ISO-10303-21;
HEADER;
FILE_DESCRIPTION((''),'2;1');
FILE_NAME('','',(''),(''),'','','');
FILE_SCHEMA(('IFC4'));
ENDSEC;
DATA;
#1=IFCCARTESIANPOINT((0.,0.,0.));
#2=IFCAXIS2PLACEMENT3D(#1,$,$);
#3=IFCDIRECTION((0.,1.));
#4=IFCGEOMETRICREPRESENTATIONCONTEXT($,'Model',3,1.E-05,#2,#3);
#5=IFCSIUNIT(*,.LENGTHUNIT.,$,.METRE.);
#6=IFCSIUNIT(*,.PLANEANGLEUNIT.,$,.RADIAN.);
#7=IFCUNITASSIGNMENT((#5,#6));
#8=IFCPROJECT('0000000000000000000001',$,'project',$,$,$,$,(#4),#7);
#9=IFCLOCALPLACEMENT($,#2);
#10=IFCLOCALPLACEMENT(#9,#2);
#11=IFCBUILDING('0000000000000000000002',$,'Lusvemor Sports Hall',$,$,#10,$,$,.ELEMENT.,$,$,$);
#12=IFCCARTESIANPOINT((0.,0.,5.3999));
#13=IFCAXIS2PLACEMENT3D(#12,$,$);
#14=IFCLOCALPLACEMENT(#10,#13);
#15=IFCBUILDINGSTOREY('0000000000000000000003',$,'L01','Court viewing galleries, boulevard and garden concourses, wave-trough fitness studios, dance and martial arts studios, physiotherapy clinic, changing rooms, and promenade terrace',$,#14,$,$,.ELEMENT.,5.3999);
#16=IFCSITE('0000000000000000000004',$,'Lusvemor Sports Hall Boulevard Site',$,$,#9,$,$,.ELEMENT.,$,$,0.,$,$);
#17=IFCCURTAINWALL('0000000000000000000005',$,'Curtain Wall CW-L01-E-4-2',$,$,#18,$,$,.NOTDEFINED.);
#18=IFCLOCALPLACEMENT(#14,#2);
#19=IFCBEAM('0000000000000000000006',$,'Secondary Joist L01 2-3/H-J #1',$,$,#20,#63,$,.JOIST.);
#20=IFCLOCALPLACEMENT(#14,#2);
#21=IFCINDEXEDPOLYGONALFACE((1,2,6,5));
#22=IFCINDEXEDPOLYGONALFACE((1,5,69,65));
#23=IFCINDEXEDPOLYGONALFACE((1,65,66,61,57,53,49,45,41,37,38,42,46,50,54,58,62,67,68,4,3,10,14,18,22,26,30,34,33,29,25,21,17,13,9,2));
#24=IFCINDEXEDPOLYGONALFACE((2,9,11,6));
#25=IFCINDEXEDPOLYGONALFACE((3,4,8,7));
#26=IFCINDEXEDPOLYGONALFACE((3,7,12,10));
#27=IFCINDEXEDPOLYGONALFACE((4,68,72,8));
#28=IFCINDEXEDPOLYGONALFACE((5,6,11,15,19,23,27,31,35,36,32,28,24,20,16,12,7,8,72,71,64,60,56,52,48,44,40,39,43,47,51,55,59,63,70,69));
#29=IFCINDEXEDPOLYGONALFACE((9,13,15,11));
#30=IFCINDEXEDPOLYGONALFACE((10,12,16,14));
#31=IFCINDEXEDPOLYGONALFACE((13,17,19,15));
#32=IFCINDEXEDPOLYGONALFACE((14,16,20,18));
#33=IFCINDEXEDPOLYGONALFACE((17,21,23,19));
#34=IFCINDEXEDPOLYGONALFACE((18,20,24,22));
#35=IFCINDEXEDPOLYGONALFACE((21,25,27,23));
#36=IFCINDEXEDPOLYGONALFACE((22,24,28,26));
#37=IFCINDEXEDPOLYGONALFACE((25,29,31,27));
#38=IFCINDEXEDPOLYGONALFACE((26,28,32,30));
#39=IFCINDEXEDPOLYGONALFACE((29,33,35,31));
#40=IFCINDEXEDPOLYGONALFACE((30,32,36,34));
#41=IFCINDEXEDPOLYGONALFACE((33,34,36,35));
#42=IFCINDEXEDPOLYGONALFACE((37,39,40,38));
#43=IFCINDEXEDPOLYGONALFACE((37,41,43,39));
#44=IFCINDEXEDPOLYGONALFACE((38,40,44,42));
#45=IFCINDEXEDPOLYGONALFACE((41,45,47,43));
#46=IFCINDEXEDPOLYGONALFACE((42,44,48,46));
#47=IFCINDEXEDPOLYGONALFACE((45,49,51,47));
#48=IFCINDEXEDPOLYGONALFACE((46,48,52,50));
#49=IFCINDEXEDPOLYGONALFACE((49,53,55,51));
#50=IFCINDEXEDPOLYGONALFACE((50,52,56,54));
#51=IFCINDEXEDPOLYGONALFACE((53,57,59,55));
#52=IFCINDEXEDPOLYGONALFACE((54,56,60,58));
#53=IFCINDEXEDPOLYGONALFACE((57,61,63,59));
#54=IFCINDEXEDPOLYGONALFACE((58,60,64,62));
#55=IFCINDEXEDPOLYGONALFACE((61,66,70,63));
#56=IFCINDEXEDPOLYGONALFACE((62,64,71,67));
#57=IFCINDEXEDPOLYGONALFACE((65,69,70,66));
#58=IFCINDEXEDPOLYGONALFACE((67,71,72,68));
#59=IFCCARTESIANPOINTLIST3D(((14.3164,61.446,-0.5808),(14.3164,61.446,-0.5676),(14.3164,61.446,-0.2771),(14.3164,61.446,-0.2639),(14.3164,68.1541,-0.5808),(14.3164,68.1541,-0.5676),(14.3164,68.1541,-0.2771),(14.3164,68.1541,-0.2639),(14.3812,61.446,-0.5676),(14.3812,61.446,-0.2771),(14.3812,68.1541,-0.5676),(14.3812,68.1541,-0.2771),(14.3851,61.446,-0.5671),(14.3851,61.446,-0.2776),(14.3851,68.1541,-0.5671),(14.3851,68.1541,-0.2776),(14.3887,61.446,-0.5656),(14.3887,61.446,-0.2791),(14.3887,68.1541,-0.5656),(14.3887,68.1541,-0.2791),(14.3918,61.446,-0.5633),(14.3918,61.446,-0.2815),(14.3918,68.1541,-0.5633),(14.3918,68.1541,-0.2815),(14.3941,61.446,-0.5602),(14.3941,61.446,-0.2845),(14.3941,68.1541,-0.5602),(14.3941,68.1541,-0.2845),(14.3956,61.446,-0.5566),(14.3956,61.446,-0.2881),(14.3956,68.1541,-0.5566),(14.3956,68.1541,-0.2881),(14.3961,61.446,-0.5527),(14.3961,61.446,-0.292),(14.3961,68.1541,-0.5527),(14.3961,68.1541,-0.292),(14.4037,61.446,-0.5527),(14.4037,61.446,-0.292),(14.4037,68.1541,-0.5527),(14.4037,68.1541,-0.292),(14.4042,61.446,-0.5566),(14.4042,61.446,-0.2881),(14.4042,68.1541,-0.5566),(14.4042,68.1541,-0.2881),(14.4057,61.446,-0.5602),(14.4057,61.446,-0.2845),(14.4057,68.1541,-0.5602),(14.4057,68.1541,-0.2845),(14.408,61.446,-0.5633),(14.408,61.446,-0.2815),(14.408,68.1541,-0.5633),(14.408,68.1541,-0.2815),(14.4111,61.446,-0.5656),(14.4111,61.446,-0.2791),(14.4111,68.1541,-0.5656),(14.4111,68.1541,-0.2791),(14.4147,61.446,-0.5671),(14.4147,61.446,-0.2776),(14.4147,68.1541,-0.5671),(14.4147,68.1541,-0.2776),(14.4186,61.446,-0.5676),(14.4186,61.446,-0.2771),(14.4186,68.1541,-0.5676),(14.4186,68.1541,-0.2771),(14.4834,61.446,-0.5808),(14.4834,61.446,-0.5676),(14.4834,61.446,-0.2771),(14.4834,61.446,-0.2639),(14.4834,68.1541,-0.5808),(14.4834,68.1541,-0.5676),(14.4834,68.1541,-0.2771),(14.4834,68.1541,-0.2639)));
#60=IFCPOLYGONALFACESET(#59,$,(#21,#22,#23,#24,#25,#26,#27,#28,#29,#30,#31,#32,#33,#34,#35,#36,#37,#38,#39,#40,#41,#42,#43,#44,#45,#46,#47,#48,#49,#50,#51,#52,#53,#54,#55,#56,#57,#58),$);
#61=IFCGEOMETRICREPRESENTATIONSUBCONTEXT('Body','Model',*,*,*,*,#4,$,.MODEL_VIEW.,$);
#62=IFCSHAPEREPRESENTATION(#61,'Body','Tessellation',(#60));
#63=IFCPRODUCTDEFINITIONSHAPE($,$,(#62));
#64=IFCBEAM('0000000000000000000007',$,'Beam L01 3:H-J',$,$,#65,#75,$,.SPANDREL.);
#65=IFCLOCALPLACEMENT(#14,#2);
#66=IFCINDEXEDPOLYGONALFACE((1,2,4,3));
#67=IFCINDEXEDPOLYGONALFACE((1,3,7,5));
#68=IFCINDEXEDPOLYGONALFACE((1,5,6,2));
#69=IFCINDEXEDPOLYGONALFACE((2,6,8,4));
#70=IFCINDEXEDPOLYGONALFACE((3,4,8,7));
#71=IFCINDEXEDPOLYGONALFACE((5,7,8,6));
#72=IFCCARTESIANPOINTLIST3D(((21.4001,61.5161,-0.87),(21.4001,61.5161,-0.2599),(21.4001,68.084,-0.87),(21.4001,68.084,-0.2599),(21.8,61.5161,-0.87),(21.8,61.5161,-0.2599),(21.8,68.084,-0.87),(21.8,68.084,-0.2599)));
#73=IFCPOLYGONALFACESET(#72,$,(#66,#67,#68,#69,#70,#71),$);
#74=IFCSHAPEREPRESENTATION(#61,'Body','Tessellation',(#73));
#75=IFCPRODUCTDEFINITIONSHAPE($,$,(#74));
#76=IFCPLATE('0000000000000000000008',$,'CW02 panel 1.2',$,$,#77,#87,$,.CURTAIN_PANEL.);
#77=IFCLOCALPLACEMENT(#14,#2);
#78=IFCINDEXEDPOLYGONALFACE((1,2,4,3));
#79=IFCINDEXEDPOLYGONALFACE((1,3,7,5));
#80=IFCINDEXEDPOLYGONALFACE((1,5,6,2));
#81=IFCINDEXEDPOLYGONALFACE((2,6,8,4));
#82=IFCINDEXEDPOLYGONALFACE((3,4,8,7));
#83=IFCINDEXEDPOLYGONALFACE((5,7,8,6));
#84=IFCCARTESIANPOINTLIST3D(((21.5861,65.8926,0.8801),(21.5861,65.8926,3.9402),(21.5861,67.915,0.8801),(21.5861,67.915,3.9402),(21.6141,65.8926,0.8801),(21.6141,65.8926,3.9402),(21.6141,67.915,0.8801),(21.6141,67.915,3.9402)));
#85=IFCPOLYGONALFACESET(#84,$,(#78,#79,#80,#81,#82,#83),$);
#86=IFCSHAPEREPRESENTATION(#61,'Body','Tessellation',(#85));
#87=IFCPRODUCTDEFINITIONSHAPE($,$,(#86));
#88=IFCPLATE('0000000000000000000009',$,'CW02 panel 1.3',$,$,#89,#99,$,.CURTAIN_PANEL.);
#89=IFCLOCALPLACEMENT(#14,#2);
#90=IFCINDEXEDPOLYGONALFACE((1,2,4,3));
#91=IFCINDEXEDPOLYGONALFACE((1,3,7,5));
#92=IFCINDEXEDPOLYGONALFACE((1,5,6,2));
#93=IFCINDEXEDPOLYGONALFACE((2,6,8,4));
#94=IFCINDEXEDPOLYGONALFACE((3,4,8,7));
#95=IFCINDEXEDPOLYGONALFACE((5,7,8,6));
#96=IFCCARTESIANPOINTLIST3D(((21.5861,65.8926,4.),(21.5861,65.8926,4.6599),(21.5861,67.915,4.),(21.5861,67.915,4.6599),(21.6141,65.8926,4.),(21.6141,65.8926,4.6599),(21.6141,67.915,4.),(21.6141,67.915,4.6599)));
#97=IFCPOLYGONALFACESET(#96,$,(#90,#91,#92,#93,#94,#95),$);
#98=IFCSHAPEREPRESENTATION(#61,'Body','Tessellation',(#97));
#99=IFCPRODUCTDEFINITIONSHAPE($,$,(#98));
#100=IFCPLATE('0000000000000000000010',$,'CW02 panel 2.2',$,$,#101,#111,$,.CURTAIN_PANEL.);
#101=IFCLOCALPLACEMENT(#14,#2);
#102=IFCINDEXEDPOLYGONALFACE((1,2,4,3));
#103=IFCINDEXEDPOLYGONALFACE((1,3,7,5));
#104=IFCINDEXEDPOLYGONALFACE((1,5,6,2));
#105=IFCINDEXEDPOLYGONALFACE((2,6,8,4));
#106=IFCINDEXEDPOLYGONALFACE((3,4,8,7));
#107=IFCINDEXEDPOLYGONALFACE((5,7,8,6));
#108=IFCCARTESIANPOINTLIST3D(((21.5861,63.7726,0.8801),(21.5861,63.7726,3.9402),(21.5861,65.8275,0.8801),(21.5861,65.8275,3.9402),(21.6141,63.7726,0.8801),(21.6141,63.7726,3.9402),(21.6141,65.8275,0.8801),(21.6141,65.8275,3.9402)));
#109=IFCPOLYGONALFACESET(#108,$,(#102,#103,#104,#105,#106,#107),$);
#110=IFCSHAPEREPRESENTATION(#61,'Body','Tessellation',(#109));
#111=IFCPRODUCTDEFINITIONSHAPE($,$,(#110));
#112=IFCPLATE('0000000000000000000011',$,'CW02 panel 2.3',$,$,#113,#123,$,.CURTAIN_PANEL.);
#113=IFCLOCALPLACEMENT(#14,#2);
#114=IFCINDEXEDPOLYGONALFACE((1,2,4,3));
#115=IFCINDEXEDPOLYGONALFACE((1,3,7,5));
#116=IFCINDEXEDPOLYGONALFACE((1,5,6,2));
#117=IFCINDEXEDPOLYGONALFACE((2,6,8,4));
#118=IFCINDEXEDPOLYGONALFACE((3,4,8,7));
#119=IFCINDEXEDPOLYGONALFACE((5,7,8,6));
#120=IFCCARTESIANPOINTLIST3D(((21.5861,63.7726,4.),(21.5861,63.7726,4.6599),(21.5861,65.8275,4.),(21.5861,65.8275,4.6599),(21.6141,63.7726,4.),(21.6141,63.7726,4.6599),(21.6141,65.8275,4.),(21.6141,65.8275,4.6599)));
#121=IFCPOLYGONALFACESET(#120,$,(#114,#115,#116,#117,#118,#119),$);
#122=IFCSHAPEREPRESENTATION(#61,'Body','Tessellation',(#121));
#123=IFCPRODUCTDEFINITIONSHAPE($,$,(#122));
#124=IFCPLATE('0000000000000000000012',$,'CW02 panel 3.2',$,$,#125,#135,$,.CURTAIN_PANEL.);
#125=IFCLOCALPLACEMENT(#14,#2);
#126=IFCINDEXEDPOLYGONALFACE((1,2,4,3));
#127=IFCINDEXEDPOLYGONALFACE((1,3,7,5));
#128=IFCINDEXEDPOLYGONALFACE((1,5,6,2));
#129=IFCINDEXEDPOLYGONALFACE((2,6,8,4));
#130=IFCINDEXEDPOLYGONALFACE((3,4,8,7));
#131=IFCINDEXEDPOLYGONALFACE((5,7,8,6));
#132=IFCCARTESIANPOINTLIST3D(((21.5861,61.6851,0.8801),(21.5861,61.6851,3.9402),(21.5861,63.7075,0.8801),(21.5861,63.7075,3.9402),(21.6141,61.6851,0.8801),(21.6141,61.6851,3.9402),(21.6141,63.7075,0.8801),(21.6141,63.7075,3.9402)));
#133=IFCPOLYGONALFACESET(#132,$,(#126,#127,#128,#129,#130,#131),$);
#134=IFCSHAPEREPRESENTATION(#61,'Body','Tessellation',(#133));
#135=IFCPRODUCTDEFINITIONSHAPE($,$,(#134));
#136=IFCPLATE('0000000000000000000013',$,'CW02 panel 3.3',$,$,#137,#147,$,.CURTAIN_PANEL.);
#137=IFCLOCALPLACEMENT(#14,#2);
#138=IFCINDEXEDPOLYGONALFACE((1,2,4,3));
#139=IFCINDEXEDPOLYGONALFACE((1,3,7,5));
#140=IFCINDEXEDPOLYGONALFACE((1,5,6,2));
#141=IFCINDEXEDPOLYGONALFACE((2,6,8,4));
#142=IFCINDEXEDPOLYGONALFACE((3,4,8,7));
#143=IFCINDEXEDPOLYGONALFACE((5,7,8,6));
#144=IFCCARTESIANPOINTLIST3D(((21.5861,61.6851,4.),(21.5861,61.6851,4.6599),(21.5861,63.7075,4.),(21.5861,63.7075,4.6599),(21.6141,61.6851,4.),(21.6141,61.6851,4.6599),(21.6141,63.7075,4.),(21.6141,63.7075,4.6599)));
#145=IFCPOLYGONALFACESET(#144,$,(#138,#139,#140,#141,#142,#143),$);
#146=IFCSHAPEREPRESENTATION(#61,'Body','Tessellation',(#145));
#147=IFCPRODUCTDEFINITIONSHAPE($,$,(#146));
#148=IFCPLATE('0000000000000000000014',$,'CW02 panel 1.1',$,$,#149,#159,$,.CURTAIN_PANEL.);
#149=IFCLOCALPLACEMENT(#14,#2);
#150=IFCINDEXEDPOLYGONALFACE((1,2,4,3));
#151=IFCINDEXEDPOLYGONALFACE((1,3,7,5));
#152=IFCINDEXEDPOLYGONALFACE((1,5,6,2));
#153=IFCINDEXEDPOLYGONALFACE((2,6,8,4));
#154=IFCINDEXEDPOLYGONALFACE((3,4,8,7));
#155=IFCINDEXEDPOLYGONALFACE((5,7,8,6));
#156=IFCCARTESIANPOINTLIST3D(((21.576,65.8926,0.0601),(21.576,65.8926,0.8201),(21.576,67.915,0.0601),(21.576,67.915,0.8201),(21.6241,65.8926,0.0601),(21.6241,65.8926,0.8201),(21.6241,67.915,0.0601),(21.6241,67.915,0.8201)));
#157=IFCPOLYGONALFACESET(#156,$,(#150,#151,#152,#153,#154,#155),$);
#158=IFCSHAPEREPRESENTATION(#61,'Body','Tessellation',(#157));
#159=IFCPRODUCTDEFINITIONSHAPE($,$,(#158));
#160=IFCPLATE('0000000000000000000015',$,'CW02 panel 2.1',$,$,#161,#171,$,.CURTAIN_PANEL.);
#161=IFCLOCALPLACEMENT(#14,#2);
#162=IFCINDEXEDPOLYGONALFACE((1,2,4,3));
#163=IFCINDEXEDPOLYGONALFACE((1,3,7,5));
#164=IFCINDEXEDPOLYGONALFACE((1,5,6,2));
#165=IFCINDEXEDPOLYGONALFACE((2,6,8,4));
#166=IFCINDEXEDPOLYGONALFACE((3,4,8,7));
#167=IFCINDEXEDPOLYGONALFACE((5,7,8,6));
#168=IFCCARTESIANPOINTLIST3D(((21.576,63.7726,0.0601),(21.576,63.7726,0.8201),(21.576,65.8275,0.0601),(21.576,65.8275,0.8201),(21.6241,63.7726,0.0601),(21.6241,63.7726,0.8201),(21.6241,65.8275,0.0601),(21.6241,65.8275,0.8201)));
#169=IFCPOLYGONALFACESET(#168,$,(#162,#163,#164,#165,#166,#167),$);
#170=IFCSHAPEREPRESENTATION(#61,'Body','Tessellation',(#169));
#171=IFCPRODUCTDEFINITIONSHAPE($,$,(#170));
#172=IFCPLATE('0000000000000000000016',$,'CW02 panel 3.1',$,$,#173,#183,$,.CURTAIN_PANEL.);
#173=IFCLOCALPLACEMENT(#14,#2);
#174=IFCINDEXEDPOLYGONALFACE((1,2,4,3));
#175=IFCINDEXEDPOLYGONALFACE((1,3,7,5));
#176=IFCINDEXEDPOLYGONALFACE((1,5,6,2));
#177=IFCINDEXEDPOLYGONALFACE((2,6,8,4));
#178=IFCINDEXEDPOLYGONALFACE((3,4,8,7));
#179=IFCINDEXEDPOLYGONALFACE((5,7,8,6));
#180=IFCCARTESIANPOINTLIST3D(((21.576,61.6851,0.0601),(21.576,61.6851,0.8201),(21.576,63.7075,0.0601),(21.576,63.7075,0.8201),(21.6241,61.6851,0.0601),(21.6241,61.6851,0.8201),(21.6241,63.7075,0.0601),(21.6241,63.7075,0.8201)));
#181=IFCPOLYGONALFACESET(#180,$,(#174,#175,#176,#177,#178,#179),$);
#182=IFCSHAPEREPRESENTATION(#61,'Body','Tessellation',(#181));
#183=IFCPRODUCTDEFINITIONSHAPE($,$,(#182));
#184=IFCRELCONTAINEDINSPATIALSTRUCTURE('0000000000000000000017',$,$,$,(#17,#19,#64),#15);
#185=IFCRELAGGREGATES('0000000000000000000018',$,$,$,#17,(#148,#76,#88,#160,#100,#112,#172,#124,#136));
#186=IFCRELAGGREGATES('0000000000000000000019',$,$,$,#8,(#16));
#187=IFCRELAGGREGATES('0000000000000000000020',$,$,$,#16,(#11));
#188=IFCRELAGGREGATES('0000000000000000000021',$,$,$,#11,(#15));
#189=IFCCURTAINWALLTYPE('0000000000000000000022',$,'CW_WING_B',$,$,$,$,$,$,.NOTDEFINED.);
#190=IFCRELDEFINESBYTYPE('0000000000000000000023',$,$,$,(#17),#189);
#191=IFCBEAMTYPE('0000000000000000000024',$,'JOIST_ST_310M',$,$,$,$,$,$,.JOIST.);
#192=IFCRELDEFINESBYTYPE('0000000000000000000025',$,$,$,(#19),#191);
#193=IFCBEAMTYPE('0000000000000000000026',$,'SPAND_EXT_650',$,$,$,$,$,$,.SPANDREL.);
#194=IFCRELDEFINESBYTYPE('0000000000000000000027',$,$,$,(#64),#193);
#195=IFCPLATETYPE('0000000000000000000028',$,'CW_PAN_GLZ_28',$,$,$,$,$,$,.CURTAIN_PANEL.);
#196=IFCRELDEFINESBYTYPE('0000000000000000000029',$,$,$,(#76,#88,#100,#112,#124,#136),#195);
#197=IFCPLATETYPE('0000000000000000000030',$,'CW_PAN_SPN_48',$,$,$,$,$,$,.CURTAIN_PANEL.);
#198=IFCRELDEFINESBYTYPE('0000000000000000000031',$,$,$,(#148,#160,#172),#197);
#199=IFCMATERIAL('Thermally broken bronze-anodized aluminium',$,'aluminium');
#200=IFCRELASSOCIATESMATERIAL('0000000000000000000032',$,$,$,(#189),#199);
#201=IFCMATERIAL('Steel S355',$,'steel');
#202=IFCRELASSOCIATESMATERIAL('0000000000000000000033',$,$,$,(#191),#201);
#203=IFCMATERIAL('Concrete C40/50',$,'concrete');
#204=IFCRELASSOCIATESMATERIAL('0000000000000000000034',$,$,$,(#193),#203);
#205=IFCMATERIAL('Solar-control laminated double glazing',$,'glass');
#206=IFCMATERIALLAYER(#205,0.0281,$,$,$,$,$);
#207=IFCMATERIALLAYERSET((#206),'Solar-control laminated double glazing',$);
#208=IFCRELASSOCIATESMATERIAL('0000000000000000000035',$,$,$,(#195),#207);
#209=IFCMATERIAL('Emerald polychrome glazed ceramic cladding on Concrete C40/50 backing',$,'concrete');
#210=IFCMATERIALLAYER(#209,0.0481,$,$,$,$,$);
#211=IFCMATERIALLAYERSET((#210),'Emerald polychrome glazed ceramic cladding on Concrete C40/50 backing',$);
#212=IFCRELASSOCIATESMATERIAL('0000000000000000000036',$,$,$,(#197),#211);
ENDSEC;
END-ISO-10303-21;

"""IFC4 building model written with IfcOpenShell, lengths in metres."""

from ifc_helpers import new_model, si_unit, direction, frame, origin, origin_2d, place, context, subcontext, project, spatial, rectangle, i_section, extrude, material, layer, layer_set, material_profile, profile_set, type_object, element, aggregate, save


model = new_model("IFC4")

# Units and contexts
model_context = context("Model", 3, precision=1e-05, world=origin(), true_north=direction((0.0, 1.0)))
body_context = subcontext(model_context, "Body", "Model", "MODEL_VIEW")
ifc_project = project(units=[si_unit("LENGTHUNIT", "METRE"), si_unit("PLANEANGLEUNIT", "RADIAN")], contexts=[model_context])

# Site, building, storey
site_placement = place(None, origin())
site = spatial("IfcSite", under=ifc_project, at=site_placement, Name="Lusvemor Sports Hall Boulevard Site", CompositionType="ELEMENT", RefElevation=0.0)
building_placement = place(site_placement, origin())
building = spatial("IfcBuilding", under=site, at=building_placement, Name="Lusvemor Sports Hall", CompositionType="ELEMENT")
storey_placement = place(building_placement, frame((0.0, 0.0, 5.3999)))
storey = spatial("IfcBuildingStorey", under=building, at=storey_placement, Name="L01", Description="Court viewing galleries, boulevard and garden concourses, wave-trough fitness studios, dance and martial arts studios, physiotherapy clinic, changing rooms, and promenade terrace", CompositionType="ELEMENT", Elevation=5.3999)

# Curtain wall
ifc_material_1 = material(Name="Thermally broken bronze-anodized aluminium", Category="aluminium")
curtain_wall_type = type_object("IfcCurtainWallType", Name="CW_WING_B", PredefinedType="NOTDEFINED", material=ifc_material_1)
curtain_wall_placement = place(storey_placement, origin())
curtain_wall = element("IfcCurtainWall", 1, at=curtain_wall_placement, inside=storey, type_object=curtain_wall_type, Name="Curtain Wall CW-L01-E-4-2", PredefinedType="NOTDEFINED")

# Beams
ifc_material_2 = material(Name="Steel S355", Category="steel")
ifc_material_profile_1 = material_profile(ifc_material_2, i_section(OverallWidth=0.167, OverallDepth=0.3169, WebThickness=0.0076, FlangeThickness=0.0132, FilletRadius=0.0149, at=origin_2d()), Name="W310x52.0")
ifc_profile_set_1 = profile_set([ifc_material_profile_1], Name="Steel S355")
beam_type_1 = type_object("IfcBeamType", Name="JOIST_ST_310M", PredefinedType="JOIST", material=ifc_profile_set_1)
beam_1_placement = place(storey_placement, frame((14.3999, 61.446, -0.4224), z_axis=(0.0, 1.0, 0.0), x_axis=(-1.0, 0.0, 0.0)))
element("IfcBeam", 2, at=beam_1_placement, inside=storey, type_object=beam_type_1, Name="Secondary Joist L01 2-3/H-J #1", PredefinedType="JOIST", context=body_context, shape_type="SweptSolid", body=[
    extrude(i_section(OverallWidth=0.167, OverallDepth=0.3169, WebThickness=0.0076, FlangeThickness=0.0132, FilletRadius=0.0149, at=origin_2d()), origin(), (0.0, 0.0, 1.0), 6.708),
])
ifc_material_3 = material(Name="Concrete C40/50", Category="concrete")
ifc_material_profile_2 = material_profile(ifc_material_3, rectangle(XDim=0.3999, YDim=0.6101, at=origin_2d()), Name="RC400x610")
ifc_profile_set_2 = profile_set([ifc_material_profile_2], Name="Concrete C40/50")
beam_type_2 = type_object("IfcBeamType", Name="SPAND_EXT_650", PredefinedType="SPANDREL", material=ifc_profile_set_2)
beam_2_placement = place(storey_placement, frame((21.6001, 61.5161, -0.5649), z_axis=(0.0, 1.0, 0.0), x_axis=(-1.0, 0.0, 0.0)))
element("IfcBeam", 3, at=beam_2_placement, inside=storey, type_object=beam_type_2, Name="Beam L01 3:H-J", PredefinedType="SPANDREL", context=body_context, shape_type="SweptSolid", body=[
    extrude(rectangle(XDim=0.3999, YDim=0.6101, at=origin_2d()), origin(), (0.0, 0.0, 1.0), 6.5679),
])

# Plates
ifc_material_4 = material(Name="Solar-control laminated double glazing", Category="glass")
ifc_layer_1 = layer(ifc_material_4, 0.0281)
ifc_layer_set_1 = layer_set([ifc_layer_1], Name="Solar-control laminated double glazing")
plate_type_1 = type_object("IfcPlateType", Name="CW_PAN_GLZ_28", PredefinedType="CURTAIN_PANEL", material=ifc_layer_set_1)
plate_1_placement = place(storey_placement, frame((21.6001, 66.9038, 0.8801), z_axis=(0.0, 0.0, 1.0), x_axis=(0.0, -1.0, 0.0)))
plate_1 = element("IfcPlate", 4, at=plate_1_placement, type_object=plate_type_1, Name="CW02 panel 1.2", PredefinedType="CURTAIN_PANEL", context=body_context, shape_type="SweptSolid", body=[
    extrude(rectangle(XDim=2.0225, YDim=0.0281, at=origin_2d()), origin(), (0.0, 0.0, 1.0), 3.0601),
])
plate_2_placement = place(storey_placement, frame((21.6001, 66.9038, 4.0), z_axis=(0.0, 0.0, 1.0), x_axis=(0.0, -1.0, 0.0)))
plate_2 = element("IfcPlate", 5, at=plate_2_placement, type_object=plate_type_1, Name="CW02 panel 1.3", PredefinedType="CURTAIN_PANEL", context=body_context, shape_type="SweptSolid", body=[
    extrude(rectangle(XDim=2.0225, YDim=0.0281, at=origin_2d()), origin(), (0.0, 0.0, 1.0), 0.6599),
])
plate_3_placement = place(storey_placement, frame((21.6001, 64.8, 0.8801), z_axis=(0.0, 0.0, 1.0), x_axis=(0.0, -1.0, 0.0)))
plate_3 = element("IfcPlate", 6, at=plate_3_placement, type_object=plate_type_1, Name="CW02 panel 2.2", PredefinedType="CURTAIN_PANEL", context=body_context, shape_type="SweptSolid", body=[
    extrude(rectangle(XDim=2.0549, YDim=0.0281, at=origin_2d()), origin(), (0.0, 0.0, 1.0), 3.0601),
])
plate_4_placement = place(storey_placement, frame((21.6001, 64.8, 4.0), z_axis=(0.0, 0.0, 1.0), x_axis=(0.0, -1.0, 0.0)))
plate_4 = element("IfcPlate", 7, at=plate_4_placement, type_object=plate_type_1, Name="CW02 panel 2.3", PredefinedType="CURTAIN_PANEL", context=body_context, shape_type="SweptSolid", body=[
    extrude(rectangle(XDim=2.0549, YDim=0.0281, at=origin_2d()), origin(), (0.0, 0.0, 1.0), 0.6599),
])
plate_5_placement = place(storey_placement, frame((21.6001, 62.6963, 0.8801), z_axis=(0.0, 0.0, 1.0), x_axis=(0.0, -1.0, 0.0)))
plate_5 = element("IfcPlate", 8, at=plate_5_placement, type_object=plate_type_1, Name="CW02 panel 3.2", PredefinedType="CURTAIN_PANEL", context=body_context, shape_type="SweptSolid", body=[
    extrude(rectangle(XDim=2.0225, YDim=0.0281, at=origin_2d()), origin(), (0.0, 0.0, 1.0), 3.0601),
])
plate_6_placement = place(storey_placement, frame((21.6001, 62.6963, 4.0), z_axis=(0.0, 0.0, 1.0), x_axis=(0.0, -1.0, 0.0)))
plate_6 = element("IfcPlate", 9, at=plate_6_placement, type_object=plate_type_1, Name="CW02 panel 3.3", PredefinedType="CURTAIN_PANEL", context=body_context, shape_type="SweptSolid", body=[
    extrude(rectangle(XDim=2.0225, YDim=0.0281, at=origin_2d()), origin(), (0.0, 0.0, 1.0), 0.6599),
])
ifc_material_5 = material(Name="Emerald polychrome glazed ceramic cladding on Concrete C40/50 backing", Category="concrete")
ifc_layer_2 = layer(ifc_material_5, 0.0481)
ifc_layer_set_2 = layer_set([ifc_layer_2], Name="Emerald polychrome glazed ceramic cladding on Concrete C40/50 backing")
plate_type_2 = type_object("IfcPlateType", Name="CW_PAN_SPN_48", PredefinedType="CURTAIN_PANEL", material=ifc_layer_set_2)
plate_7_placement = place(storey_placement, frame((21.6001, 66.9038, 0.0601), z_axis=(0.0, 0.0, 1.0), x_axis=(0.0, -1.0, 0.0)))
plate_7 = element("IfcPlate", 10, at=plate_7_placement, type_object=plate_type_2, Name="CW02 panel 1.1", PredefinedType="CURTAIN_PANEL", context=body_context, shape_type="SweptSolid", body=[
    extrude(rectangle(XDim=2.0225, YDim=0.0481, at=origin_2d()), origin(), (0.0, 0.0, 1.0), 0.76),
])
plate_8_placement = place(storey_placement, frame((21.6001, 64.8, 0.0601), z_axis=(0.0, 0.0, 1.0), x_axis=(0.0, -1.0, 0.0)))
plate_8 = element("IfcPlate", 11, at=plate_8_placement, type_object=plate_type_2, Name="CW02 panel 2.1", PredefinedType="CURTAIN_PANEL", context=body_context, shape_type="SweptSolid", body=[
    extrude(rectangle(XDim=2.0549, YDim=0.0481, at=origin_2d()), origin(), (0.0, 0.0, 1.0), 0.76),
])
plate_9_placement = place(storey_placement, frame((21.6001, 62.6963, 0.0601), z_axis=(0.0, 0.0, 1.0), x_axis=(0.0, -1.0, 0.0)))
plate_9 = element("IfcPlate", 12, at=plate_9_placement, type_object=plate_type_2, Name="CW02 panel 3.1", PredefinedType="CURTAIN_PANEL", context=body_context, shape_type="SweptSolid", body=[
    extrude(rectangle(XDim=2.0225, YDim=0.0481, at=origin_2d()), origin(), (0.0, 0.0, 1.0), 0.76),
])
aggregate(curtain_wall, [plate_7, plate_1, plate_2, plate_8, plate_3, plate_4, plate_9, plate_5, plate_6])

save(model, "model.ifc")
